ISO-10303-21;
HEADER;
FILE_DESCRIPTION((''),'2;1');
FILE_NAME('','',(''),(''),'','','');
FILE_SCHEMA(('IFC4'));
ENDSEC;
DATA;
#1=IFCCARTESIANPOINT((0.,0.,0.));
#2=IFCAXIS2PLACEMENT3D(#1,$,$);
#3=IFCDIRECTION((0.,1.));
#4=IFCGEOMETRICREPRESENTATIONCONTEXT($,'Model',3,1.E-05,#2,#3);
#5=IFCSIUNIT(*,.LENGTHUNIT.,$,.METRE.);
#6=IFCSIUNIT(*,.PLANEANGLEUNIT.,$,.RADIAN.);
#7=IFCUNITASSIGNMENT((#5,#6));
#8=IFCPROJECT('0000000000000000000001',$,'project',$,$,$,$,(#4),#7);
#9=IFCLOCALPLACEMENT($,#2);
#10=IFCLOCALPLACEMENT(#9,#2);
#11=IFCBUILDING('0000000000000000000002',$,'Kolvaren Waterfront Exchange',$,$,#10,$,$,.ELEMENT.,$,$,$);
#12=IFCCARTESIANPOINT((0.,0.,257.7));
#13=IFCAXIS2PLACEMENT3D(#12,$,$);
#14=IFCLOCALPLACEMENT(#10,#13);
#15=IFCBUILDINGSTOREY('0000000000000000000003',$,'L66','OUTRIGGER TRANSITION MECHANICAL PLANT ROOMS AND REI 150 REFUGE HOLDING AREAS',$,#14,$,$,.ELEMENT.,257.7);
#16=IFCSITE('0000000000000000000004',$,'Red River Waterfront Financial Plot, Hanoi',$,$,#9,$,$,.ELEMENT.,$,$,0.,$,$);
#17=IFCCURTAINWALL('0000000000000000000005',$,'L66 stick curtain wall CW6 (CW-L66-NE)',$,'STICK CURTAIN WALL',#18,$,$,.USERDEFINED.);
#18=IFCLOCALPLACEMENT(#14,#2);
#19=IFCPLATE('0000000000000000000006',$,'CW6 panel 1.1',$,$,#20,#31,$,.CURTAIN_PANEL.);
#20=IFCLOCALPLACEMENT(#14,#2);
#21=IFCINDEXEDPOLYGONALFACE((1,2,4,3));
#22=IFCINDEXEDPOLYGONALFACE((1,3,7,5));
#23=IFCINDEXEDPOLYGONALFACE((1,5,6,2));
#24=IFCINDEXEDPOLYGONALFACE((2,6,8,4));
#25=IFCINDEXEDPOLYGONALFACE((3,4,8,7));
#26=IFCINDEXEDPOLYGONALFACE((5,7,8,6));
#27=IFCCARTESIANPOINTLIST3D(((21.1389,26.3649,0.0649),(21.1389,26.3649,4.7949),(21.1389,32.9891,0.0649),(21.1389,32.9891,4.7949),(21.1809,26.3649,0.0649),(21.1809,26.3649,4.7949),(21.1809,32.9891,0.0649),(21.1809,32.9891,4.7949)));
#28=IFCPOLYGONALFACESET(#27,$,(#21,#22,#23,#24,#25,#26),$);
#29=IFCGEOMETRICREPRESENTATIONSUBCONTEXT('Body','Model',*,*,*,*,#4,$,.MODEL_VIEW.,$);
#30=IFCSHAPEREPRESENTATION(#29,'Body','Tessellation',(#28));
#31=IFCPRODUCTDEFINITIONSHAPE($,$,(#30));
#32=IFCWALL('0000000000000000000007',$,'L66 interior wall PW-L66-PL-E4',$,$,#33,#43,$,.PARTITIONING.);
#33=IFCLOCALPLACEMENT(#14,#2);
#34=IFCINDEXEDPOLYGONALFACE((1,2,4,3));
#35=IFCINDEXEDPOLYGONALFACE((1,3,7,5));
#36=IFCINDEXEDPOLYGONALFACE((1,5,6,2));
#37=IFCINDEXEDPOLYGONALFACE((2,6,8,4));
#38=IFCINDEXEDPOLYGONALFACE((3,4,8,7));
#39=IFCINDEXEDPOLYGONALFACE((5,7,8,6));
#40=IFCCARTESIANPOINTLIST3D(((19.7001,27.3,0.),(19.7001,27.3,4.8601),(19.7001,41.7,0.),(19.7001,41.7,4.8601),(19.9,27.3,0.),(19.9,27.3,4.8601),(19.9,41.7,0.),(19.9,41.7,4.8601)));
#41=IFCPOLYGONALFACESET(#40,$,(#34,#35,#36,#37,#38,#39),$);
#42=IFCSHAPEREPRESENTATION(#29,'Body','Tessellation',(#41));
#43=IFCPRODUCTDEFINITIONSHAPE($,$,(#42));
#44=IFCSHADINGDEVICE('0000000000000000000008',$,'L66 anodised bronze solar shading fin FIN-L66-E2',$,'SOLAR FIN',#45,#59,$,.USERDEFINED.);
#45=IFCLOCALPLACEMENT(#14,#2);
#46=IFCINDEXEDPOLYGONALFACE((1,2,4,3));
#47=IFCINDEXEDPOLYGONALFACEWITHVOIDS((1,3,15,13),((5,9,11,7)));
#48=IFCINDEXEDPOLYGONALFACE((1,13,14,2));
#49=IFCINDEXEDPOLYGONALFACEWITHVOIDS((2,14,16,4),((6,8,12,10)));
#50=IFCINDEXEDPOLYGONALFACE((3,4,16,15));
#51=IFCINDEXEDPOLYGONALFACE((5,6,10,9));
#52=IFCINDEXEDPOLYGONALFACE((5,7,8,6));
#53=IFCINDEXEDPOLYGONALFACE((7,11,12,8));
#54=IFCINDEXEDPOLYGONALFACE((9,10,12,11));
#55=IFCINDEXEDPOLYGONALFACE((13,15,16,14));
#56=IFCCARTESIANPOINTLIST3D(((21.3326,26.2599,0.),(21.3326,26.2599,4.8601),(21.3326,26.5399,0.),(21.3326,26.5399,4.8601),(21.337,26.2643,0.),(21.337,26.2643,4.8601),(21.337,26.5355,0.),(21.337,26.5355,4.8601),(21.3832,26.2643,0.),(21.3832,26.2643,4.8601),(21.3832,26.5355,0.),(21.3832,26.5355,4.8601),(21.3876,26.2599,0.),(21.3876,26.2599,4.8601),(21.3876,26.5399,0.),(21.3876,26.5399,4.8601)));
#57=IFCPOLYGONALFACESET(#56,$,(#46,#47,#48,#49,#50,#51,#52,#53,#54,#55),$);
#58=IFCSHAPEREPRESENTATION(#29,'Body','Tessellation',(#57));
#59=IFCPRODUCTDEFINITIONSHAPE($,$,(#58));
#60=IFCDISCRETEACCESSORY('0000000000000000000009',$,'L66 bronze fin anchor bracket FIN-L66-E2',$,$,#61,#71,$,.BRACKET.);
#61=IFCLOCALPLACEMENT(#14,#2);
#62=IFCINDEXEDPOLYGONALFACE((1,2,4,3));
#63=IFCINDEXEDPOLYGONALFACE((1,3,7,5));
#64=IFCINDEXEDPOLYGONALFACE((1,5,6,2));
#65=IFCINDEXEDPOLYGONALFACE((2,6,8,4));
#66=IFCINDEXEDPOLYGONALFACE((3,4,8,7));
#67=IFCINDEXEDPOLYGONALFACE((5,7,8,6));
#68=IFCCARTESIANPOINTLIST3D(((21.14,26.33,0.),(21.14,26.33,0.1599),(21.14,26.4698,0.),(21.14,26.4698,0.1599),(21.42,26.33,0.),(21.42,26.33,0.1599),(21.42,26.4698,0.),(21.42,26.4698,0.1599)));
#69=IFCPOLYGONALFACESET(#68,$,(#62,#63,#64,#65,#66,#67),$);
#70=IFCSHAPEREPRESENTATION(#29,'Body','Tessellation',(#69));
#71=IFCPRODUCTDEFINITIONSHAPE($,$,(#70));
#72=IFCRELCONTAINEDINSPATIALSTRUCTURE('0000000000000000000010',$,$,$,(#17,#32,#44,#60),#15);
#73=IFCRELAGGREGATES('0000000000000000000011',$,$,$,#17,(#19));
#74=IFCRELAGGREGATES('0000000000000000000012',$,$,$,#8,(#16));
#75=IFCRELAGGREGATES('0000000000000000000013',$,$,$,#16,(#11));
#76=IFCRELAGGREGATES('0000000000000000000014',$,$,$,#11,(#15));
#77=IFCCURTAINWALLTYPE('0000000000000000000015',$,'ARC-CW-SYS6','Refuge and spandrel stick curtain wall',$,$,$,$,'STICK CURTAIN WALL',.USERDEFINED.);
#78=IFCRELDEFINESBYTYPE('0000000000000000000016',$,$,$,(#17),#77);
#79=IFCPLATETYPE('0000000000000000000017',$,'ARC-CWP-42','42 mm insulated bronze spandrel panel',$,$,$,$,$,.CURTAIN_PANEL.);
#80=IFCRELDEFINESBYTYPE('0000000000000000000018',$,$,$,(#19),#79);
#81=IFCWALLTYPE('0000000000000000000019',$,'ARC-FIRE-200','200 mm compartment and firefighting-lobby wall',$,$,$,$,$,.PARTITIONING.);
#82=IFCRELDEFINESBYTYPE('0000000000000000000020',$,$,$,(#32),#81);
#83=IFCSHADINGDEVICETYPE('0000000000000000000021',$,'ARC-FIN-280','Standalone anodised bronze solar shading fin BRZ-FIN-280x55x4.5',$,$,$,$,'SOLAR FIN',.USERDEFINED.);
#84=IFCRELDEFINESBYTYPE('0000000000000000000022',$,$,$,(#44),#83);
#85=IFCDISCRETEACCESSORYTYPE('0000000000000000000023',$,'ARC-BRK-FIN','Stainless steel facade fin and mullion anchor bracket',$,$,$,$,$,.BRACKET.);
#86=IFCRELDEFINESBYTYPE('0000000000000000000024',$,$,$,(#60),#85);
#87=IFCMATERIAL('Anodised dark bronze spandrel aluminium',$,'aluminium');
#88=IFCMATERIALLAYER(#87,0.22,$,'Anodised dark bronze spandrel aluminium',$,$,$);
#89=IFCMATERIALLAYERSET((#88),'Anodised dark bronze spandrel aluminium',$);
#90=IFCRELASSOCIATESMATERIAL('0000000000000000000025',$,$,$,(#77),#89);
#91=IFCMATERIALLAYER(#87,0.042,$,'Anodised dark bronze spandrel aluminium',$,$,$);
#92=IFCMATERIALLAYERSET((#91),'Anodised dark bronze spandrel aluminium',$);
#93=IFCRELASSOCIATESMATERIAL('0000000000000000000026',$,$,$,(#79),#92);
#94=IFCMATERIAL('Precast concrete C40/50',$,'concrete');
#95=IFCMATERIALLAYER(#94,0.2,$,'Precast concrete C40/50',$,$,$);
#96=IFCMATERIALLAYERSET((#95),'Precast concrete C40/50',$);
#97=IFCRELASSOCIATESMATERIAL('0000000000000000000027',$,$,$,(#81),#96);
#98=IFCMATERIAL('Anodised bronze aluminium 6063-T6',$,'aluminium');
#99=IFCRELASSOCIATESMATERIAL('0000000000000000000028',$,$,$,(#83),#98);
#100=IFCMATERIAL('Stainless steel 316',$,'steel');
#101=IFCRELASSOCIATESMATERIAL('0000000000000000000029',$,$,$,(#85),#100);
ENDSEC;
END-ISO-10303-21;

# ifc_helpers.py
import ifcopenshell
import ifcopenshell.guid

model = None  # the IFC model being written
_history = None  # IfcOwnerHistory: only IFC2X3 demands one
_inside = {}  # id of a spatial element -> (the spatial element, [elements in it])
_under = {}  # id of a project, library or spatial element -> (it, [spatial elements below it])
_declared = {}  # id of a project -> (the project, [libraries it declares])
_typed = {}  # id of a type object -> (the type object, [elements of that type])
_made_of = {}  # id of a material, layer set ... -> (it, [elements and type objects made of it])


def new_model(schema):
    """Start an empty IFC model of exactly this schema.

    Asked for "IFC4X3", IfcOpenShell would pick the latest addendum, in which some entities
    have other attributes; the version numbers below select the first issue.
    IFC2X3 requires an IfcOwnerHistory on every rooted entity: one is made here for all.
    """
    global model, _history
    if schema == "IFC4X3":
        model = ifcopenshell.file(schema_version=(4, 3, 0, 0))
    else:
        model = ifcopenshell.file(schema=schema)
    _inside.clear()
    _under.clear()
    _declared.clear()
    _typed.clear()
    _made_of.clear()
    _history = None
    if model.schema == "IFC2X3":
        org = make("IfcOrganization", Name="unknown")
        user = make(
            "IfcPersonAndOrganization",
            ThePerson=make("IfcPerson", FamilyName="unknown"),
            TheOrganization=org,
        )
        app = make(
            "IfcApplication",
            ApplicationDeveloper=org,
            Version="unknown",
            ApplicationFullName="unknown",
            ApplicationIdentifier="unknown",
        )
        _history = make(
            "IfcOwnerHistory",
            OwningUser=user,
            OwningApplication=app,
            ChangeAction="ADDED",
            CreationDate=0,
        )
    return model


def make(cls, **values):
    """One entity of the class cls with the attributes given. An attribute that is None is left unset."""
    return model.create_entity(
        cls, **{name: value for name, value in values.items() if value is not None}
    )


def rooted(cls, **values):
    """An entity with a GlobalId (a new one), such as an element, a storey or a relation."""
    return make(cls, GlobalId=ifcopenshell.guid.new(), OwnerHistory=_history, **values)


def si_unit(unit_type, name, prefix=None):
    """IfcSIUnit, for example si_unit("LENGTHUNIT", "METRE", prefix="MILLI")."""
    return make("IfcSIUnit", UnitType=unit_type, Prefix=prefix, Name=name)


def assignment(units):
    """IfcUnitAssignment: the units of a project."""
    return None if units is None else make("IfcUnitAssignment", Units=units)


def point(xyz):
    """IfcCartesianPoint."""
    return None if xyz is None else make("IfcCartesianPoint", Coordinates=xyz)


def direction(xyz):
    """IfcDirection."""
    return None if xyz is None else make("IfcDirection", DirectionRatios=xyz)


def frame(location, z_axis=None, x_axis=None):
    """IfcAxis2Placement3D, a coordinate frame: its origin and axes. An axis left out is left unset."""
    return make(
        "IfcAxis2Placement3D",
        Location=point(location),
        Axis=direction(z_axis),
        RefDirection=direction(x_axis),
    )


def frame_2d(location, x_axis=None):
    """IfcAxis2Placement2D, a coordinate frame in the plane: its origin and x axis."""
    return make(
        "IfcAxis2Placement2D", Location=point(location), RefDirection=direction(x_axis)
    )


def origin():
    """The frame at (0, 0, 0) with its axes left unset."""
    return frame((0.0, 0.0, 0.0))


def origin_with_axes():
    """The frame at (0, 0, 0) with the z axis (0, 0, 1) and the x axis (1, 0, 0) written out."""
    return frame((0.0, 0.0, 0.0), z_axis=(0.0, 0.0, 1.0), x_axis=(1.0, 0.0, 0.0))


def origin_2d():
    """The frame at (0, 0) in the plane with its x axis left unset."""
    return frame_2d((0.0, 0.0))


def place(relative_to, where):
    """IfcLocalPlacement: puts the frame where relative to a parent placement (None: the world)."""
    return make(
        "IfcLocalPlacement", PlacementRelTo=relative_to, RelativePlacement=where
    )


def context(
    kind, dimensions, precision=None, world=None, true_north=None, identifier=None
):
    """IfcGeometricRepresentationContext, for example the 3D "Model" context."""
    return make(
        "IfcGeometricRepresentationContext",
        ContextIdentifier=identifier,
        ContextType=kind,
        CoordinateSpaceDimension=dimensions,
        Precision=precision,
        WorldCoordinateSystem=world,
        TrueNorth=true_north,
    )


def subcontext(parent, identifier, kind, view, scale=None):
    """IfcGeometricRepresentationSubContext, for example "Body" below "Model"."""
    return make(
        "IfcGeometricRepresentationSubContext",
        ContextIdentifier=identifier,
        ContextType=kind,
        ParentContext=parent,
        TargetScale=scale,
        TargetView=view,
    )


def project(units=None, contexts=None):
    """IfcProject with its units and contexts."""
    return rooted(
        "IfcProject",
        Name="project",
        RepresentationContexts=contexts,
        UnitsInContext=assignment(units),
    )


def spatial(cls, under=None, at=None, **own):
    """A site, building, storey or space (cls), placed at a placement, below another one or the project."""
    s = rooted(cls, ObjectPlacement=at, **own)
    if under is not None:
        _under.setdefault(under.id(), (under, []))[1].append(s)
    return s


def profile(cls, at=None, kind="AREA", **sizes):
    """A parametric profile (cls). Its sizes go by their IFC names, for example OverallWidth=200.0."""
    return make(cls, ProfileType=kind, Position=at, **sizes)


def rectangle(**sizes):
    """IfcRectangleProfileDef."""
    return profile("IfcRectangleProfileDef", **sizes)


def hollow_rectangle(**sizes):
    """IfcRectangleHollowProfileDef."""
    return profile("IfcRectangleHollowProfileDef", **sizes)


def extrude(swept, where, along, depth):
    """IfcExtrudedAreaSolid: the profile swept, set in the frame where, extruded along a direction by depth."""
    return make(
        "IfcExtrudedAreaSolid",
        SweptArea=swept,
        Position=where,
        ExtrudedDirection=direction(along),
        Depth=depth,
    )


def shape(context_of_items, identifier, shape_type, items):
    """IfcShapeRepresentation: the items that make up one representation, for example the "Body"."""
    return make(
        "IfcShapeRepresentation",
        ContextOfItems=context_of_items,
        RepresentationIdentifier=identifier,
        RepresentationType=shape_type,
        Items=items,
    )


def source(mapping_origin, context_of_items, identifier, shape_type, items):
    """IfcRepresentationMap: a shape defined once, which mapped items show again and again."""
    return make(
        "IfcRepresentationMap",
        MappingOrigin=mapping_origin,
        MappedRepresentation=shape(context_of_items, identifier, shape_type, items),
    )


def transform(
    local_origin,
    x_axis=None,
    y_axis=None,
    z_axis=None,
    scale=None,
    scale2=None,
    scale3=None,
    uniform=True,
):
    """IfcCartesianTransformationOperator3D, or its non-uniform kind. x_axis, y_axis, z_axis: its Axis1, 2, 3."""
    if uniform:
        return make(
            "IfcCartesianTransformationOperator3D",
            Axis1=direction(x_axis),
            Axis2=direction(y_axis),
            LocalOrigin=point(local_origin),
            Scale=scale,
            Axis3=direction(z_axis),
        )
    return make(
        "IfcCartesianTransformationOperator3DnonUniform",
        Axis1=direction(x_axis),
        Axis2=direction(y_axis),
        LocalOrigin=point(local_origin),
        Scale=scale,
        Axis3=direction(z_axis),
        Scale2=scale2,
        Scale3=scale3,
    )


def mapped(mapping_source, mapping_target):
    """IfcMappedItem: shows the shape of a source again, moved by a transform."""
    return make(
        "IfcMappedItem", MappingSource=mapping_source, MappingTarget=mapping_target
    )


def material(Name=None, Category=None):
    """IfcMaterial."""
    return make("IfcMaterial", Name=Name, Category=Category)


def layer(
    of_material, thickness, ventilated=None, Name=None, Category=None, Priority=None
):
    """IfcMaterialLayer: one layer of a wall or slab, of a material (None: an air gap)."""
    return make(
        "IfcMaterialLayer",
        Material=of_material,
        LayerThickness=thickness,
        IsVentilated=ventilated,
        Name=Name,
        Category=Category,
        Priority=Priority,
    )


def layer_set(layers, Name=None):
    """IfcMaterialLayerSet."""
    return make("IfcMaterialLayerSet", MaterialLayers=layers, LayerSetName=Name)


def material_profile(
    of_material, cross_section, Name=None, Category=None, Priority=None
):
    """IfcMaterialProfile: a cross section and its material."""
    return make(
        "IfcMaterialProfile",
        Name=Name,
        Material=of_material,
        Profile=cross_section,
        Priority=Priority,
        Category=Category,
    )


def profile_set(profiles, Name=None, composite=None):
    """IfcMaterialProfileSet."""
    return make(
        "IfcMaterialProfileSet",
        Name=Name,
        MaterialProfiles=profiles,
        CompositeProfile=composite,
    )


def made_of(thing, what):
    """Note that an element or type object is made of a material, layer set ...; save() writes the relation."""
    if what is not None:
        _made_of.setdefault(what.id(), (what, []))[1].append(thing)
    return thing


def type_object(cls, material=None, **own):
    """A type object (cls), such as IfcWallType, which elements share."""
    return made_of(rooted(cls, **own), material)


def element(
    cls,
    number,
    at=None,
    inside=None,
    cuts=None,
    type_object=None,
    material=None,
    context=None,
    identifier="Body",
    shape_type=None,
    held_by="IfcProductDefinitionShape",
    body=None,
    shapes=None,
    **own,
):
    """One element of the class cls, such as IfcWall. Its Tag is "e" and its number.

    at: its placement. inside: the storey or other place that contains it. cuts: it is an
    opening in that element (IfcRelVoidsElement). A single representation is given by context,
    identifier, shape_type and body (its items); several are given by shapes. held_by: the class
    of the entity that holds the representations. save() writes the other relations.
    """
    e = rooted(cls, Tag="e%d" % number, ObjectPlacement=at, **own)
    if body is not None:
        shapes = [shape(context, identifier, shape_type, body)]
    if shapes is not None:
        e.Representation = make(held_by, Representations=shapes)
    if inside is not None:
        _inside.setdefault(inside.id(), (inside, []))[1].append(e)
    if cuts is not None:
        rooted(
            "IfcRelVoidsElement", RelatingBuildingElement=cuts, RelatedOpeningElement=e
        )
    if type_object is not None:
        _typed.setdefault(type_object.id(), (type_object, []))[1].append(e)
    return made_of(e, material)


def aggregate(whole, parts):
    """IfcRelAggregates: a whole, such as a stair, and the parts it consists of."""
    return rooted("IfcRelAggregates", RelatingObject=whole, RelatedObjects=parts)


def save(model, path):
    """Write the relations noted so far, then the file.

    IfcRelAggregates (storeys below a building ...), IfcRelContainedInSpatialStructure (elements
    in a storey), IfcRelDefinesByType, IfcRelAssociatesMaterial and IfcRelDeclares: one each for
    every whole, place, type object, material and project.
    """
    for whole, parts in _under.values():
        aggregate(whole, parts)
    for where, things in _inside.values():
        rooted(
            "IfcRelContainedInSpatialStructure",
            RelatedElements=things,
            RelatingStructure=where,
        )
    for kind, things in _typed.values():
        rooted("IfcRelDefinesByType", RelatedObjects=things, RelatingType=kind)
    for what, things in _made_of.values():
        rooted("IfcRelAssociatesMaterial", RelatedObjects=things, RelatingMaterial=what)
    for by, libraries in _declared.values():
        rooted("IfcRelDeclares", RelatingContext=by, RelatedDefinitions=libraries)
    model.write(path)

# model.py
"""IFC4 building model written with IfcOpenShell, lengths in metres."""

from ifc_helpers import new_model, si_unit, direction, frame, frame_2d, origin, origin_with_axes, origin_2d, place, context, subcontext, project, spatial, rectangle, hollow_rectangle, extrude, source, transform, mapped, material, layer, layer_set, material_profile, profile_set, type_object, element, aggregate, save


model = new_model("IFC4")

# Units and contexts
model_context = context("Model", 3, precision=1e-05, world=origin(), true_north=direction((0.0, 1.0)))
body_context = subcontext(model_context, "Body", "Model", "MODEL_VIEW")
ifc_project = project(units=[si_unit("LENGTHUNIT", "METRE"), si_unit("PLANEANGLEUNIT", "RADIAN")], contexts=[model_context])

# Site, building, storey
site_placement = place(None, origin())
site = spatial("IfcSite", under=ifc_project, at=site_placement, Name="Red River Waterfront Financial Plot, Hanoi", CompositionType="ELEMENT", RefElevation=0.0)
building_placement = place(site_placement, origin())
building = spatial("IfcBuilding", under=site, at=building_placement, Name="Kolvaren Waterfront Exchange", CompositionType="ELEMENT")
storey_placement = place(building_placement, frame((0.0, 0.0, 257.7)))
storey = spatial("IfcBuildingStorey", under=building, at=storey_placement, Name="L66", Description="OUTRIGGER TRANSITION MECHANICAL PLANT ROOMS AND REI 150 REFUGE HOLDING AREAS", CompositionType="ELEMENT", Elevation=257.7)

# Curtain wall
ifc_material_1 = material(Name="Anodised dark bronze spandrel aluminium", Category="aluminium")
ifc_layer_1 = layer(ifc_material_1, 0.22, Name="Anodised dark bronze spandrel aluminium")
ifc_layer_set_1 = layer_set([ifc_layer_1], Name="Anodised dark bronze spandrel aluminium")
curtain_wall_type = type_object("IfcCurtainWallType", Name="ARC-CW-SYS6", Description="Refuge and spandrel stick curtain wall", ElementType="STICK CURTAIN WALL", PredefinedType="USERDEFINED", material=ifc_layer_set_1)
curtain_wall_placement = place(storey_placement, origin())
curtain_wall = element("IfcCurtainWall", 1, at=curtain_wall_placement, inside=storey, type_object=curtain_wall_type, Name="L66 stick curtain wall CW6 (CW-L66-NE)", ObjectType="STICK CURTAIN WALL", PredefinedType="USERDEFINED")
ifc_material_2 = material(Name="Anodised bronze aluminium 6063-T6", Category="aluminium")

# Plate
ifc_layer_2 = layer(ifc_material_1, 0.042, Name="Anodised dark bronze spandrel aluminium")
ifc_layer_set_2 = layer_set([ifc_layer_2], Name="Anodised dark bronze spandrel aluminium")
plate_type_1 = type_object("IfcPlateType", Name="ARC-CWP-42", Description="42 mm insulated bronze spandrel panel", PredefinedType="CURTAIN_PANEL", material=ifc_layer_set_2)
shared_shape_1 = source(origin_with_axes(), body_context, "Body", "SweptSolid", [
    extrude(rectangle(XDim=6.6243, YDim=0.042, at=origin_2d()), origin(), (0.0, 0.0, 1.0), 4.73),
])
plate_1_placement = place(storey_placement, frame((21.1599, 29.677, 0.0649), z_axis=(0.0, 0.0, 1.0), x_axis=(0.0, 1.0, 0.0)))
plate_1 = element("IfcPlate", 2, at=plate_1_placement, type_object=plate_type_1, Name="CW6 panel 1.1", PredefinedType="CURTAIN_PANEL", context=body_context, shape_type="MappedRepresentation", body=[
    mapped(shared_shape_1, transform((0.0, 0.0, 0.0), x_axis=(1.0, 0.0, 0.0), y_axis=(0.0, 1.0, 0.0), z_axis=(0.0, 0.0, 1.0), scale=1.0)),
])
aggregate(curtain_wall, [plate_1])

# Wall
ifc_material_3 = material(Name="Precast concrete C40/50", Category="concrete")
ifc_layer_3 = layer(ifc_material_3, 0.2, Name="Precast concrete C40/50")
ifc_layer_set_3 = layer_set([ifc_layer_3], Name="Precast concrete C40/50")
wall_type = type_object("IfcWallType", Name="ARC-FIRE-200", Description="200 mm compartment and firefighting-lobby wall", PredefinedType="PARTITIONING", material=ifc_layer_set_3)
wall_placement = place(storey_placement, frame((19.8, 27.3, 0.0), z_axis=(0.0, 0.0, 1.0), x_axis=(0.0, 1.0, 0.0)))
element("IfcWall", 3, at=wall_placement, inside=storey, type_object=wall_type, Name="L66 interior wall PW-L66-PL-E4", PredefinedType="PARTITIONING", context=body_context, shape_type="SweptSolid", body=[
    extrude(rectangle(XDim=14.3999, YDim=0.2, at=frame_2d((7.2, 0.0))), origin(), (0.0, 0.0, 1.0), 4.8601),
])

# Shading device
ifc_material_profile_1 = material_profile(ifc_material_2, hollow_rectangle(XDim=0.0549, YDim=0.28, WallThickness=0.0044, at=origin_2d()), Name="BRZ-FIN-280x55x4.5")
ifc_profile_set_1 = profile_set([ifc_material_profile_1], Name="Anodised bronze aluminium 6063-T6")
shading_device_type = type_object("IfcShadingDeviceType", Name="ARC-FIN-280", Description="Standalone anodised bronze solar shading fin BRZ-FIN-280x55x4.5", ElementType="SOLAR FIN", PredefinedType="USERDEFINED", material=ifc_profile_set_1)
shading_device_placement = place(storey_placement, frame((21.3601, 26.3999, 0.0), z_axis=(0.0, 0.0, 1.0), x_axis=(1.0, 0.0, 0.0)))
element("IfcShadingDevice", 4, at=shading_device_placement, inside=storey, type_object=shading_device_type, Name="L66 anodised bronze solar shading fin FIN-L66-E2", ObjectType="SOLAR FIN", PredefinedType="USERDEFINED", context=body_context, shape_type="SweptSolid", body=[
    extrude(hollow_rectangle(XDim=0.0549, YDim=0.28, WallThickness=0.0044, at=origin_2d()), origin(), (0.0, 0.0, 1.0), 4.8601),
])

# Discrete accessory
ifc_material_4 = material(Name="Stainless steel 316", Category="steel")
discrete_accessory_type = type_object("IfcDiscreteAccessoryType", Name="ARC-BRK-FIN", Description="Stainless steel facade fin and mullion anchor bracket", PredefinedType="BRACKET", material=ifc_material_4)
shared_shape_2 = source(origin_with_axes(), body_context, "Body", "SweptSolid", [
    extrude(rectangle(XDim=0.28, YDim=0.1399, at=origin_2d()), origin(), (0.0, 0.0, 1.0), 0.1599),
])
discrete_accessory_placement = place(storey_placement, frame((21.28, 26.3999, 0.0), z_axis=(0.0, 0.0, 1.0), x_axis=(1.0, 0.0, 0.0)))
element("IfcDiscreteAccessory", 5, at=discrete_accessory_placement, inside=storey, type_object=discrete_accessory_type, Name="L66 bronze fin anchor bracket FIN-L66-E2", PredefinedType="BRACKET", context=body_context, shape_type="MappedRepresentation", body=[
    mapped(shared_shape_2, transform((0.0, 0.0, 0.0), x_axis=(1.0, 0.0, 0.0), y_axis=(0.0, 1.0, 0.0), z_axis=(0.0, 0.0, 1.0), scale=1.0)),
])

save(model, "model.ifc")
